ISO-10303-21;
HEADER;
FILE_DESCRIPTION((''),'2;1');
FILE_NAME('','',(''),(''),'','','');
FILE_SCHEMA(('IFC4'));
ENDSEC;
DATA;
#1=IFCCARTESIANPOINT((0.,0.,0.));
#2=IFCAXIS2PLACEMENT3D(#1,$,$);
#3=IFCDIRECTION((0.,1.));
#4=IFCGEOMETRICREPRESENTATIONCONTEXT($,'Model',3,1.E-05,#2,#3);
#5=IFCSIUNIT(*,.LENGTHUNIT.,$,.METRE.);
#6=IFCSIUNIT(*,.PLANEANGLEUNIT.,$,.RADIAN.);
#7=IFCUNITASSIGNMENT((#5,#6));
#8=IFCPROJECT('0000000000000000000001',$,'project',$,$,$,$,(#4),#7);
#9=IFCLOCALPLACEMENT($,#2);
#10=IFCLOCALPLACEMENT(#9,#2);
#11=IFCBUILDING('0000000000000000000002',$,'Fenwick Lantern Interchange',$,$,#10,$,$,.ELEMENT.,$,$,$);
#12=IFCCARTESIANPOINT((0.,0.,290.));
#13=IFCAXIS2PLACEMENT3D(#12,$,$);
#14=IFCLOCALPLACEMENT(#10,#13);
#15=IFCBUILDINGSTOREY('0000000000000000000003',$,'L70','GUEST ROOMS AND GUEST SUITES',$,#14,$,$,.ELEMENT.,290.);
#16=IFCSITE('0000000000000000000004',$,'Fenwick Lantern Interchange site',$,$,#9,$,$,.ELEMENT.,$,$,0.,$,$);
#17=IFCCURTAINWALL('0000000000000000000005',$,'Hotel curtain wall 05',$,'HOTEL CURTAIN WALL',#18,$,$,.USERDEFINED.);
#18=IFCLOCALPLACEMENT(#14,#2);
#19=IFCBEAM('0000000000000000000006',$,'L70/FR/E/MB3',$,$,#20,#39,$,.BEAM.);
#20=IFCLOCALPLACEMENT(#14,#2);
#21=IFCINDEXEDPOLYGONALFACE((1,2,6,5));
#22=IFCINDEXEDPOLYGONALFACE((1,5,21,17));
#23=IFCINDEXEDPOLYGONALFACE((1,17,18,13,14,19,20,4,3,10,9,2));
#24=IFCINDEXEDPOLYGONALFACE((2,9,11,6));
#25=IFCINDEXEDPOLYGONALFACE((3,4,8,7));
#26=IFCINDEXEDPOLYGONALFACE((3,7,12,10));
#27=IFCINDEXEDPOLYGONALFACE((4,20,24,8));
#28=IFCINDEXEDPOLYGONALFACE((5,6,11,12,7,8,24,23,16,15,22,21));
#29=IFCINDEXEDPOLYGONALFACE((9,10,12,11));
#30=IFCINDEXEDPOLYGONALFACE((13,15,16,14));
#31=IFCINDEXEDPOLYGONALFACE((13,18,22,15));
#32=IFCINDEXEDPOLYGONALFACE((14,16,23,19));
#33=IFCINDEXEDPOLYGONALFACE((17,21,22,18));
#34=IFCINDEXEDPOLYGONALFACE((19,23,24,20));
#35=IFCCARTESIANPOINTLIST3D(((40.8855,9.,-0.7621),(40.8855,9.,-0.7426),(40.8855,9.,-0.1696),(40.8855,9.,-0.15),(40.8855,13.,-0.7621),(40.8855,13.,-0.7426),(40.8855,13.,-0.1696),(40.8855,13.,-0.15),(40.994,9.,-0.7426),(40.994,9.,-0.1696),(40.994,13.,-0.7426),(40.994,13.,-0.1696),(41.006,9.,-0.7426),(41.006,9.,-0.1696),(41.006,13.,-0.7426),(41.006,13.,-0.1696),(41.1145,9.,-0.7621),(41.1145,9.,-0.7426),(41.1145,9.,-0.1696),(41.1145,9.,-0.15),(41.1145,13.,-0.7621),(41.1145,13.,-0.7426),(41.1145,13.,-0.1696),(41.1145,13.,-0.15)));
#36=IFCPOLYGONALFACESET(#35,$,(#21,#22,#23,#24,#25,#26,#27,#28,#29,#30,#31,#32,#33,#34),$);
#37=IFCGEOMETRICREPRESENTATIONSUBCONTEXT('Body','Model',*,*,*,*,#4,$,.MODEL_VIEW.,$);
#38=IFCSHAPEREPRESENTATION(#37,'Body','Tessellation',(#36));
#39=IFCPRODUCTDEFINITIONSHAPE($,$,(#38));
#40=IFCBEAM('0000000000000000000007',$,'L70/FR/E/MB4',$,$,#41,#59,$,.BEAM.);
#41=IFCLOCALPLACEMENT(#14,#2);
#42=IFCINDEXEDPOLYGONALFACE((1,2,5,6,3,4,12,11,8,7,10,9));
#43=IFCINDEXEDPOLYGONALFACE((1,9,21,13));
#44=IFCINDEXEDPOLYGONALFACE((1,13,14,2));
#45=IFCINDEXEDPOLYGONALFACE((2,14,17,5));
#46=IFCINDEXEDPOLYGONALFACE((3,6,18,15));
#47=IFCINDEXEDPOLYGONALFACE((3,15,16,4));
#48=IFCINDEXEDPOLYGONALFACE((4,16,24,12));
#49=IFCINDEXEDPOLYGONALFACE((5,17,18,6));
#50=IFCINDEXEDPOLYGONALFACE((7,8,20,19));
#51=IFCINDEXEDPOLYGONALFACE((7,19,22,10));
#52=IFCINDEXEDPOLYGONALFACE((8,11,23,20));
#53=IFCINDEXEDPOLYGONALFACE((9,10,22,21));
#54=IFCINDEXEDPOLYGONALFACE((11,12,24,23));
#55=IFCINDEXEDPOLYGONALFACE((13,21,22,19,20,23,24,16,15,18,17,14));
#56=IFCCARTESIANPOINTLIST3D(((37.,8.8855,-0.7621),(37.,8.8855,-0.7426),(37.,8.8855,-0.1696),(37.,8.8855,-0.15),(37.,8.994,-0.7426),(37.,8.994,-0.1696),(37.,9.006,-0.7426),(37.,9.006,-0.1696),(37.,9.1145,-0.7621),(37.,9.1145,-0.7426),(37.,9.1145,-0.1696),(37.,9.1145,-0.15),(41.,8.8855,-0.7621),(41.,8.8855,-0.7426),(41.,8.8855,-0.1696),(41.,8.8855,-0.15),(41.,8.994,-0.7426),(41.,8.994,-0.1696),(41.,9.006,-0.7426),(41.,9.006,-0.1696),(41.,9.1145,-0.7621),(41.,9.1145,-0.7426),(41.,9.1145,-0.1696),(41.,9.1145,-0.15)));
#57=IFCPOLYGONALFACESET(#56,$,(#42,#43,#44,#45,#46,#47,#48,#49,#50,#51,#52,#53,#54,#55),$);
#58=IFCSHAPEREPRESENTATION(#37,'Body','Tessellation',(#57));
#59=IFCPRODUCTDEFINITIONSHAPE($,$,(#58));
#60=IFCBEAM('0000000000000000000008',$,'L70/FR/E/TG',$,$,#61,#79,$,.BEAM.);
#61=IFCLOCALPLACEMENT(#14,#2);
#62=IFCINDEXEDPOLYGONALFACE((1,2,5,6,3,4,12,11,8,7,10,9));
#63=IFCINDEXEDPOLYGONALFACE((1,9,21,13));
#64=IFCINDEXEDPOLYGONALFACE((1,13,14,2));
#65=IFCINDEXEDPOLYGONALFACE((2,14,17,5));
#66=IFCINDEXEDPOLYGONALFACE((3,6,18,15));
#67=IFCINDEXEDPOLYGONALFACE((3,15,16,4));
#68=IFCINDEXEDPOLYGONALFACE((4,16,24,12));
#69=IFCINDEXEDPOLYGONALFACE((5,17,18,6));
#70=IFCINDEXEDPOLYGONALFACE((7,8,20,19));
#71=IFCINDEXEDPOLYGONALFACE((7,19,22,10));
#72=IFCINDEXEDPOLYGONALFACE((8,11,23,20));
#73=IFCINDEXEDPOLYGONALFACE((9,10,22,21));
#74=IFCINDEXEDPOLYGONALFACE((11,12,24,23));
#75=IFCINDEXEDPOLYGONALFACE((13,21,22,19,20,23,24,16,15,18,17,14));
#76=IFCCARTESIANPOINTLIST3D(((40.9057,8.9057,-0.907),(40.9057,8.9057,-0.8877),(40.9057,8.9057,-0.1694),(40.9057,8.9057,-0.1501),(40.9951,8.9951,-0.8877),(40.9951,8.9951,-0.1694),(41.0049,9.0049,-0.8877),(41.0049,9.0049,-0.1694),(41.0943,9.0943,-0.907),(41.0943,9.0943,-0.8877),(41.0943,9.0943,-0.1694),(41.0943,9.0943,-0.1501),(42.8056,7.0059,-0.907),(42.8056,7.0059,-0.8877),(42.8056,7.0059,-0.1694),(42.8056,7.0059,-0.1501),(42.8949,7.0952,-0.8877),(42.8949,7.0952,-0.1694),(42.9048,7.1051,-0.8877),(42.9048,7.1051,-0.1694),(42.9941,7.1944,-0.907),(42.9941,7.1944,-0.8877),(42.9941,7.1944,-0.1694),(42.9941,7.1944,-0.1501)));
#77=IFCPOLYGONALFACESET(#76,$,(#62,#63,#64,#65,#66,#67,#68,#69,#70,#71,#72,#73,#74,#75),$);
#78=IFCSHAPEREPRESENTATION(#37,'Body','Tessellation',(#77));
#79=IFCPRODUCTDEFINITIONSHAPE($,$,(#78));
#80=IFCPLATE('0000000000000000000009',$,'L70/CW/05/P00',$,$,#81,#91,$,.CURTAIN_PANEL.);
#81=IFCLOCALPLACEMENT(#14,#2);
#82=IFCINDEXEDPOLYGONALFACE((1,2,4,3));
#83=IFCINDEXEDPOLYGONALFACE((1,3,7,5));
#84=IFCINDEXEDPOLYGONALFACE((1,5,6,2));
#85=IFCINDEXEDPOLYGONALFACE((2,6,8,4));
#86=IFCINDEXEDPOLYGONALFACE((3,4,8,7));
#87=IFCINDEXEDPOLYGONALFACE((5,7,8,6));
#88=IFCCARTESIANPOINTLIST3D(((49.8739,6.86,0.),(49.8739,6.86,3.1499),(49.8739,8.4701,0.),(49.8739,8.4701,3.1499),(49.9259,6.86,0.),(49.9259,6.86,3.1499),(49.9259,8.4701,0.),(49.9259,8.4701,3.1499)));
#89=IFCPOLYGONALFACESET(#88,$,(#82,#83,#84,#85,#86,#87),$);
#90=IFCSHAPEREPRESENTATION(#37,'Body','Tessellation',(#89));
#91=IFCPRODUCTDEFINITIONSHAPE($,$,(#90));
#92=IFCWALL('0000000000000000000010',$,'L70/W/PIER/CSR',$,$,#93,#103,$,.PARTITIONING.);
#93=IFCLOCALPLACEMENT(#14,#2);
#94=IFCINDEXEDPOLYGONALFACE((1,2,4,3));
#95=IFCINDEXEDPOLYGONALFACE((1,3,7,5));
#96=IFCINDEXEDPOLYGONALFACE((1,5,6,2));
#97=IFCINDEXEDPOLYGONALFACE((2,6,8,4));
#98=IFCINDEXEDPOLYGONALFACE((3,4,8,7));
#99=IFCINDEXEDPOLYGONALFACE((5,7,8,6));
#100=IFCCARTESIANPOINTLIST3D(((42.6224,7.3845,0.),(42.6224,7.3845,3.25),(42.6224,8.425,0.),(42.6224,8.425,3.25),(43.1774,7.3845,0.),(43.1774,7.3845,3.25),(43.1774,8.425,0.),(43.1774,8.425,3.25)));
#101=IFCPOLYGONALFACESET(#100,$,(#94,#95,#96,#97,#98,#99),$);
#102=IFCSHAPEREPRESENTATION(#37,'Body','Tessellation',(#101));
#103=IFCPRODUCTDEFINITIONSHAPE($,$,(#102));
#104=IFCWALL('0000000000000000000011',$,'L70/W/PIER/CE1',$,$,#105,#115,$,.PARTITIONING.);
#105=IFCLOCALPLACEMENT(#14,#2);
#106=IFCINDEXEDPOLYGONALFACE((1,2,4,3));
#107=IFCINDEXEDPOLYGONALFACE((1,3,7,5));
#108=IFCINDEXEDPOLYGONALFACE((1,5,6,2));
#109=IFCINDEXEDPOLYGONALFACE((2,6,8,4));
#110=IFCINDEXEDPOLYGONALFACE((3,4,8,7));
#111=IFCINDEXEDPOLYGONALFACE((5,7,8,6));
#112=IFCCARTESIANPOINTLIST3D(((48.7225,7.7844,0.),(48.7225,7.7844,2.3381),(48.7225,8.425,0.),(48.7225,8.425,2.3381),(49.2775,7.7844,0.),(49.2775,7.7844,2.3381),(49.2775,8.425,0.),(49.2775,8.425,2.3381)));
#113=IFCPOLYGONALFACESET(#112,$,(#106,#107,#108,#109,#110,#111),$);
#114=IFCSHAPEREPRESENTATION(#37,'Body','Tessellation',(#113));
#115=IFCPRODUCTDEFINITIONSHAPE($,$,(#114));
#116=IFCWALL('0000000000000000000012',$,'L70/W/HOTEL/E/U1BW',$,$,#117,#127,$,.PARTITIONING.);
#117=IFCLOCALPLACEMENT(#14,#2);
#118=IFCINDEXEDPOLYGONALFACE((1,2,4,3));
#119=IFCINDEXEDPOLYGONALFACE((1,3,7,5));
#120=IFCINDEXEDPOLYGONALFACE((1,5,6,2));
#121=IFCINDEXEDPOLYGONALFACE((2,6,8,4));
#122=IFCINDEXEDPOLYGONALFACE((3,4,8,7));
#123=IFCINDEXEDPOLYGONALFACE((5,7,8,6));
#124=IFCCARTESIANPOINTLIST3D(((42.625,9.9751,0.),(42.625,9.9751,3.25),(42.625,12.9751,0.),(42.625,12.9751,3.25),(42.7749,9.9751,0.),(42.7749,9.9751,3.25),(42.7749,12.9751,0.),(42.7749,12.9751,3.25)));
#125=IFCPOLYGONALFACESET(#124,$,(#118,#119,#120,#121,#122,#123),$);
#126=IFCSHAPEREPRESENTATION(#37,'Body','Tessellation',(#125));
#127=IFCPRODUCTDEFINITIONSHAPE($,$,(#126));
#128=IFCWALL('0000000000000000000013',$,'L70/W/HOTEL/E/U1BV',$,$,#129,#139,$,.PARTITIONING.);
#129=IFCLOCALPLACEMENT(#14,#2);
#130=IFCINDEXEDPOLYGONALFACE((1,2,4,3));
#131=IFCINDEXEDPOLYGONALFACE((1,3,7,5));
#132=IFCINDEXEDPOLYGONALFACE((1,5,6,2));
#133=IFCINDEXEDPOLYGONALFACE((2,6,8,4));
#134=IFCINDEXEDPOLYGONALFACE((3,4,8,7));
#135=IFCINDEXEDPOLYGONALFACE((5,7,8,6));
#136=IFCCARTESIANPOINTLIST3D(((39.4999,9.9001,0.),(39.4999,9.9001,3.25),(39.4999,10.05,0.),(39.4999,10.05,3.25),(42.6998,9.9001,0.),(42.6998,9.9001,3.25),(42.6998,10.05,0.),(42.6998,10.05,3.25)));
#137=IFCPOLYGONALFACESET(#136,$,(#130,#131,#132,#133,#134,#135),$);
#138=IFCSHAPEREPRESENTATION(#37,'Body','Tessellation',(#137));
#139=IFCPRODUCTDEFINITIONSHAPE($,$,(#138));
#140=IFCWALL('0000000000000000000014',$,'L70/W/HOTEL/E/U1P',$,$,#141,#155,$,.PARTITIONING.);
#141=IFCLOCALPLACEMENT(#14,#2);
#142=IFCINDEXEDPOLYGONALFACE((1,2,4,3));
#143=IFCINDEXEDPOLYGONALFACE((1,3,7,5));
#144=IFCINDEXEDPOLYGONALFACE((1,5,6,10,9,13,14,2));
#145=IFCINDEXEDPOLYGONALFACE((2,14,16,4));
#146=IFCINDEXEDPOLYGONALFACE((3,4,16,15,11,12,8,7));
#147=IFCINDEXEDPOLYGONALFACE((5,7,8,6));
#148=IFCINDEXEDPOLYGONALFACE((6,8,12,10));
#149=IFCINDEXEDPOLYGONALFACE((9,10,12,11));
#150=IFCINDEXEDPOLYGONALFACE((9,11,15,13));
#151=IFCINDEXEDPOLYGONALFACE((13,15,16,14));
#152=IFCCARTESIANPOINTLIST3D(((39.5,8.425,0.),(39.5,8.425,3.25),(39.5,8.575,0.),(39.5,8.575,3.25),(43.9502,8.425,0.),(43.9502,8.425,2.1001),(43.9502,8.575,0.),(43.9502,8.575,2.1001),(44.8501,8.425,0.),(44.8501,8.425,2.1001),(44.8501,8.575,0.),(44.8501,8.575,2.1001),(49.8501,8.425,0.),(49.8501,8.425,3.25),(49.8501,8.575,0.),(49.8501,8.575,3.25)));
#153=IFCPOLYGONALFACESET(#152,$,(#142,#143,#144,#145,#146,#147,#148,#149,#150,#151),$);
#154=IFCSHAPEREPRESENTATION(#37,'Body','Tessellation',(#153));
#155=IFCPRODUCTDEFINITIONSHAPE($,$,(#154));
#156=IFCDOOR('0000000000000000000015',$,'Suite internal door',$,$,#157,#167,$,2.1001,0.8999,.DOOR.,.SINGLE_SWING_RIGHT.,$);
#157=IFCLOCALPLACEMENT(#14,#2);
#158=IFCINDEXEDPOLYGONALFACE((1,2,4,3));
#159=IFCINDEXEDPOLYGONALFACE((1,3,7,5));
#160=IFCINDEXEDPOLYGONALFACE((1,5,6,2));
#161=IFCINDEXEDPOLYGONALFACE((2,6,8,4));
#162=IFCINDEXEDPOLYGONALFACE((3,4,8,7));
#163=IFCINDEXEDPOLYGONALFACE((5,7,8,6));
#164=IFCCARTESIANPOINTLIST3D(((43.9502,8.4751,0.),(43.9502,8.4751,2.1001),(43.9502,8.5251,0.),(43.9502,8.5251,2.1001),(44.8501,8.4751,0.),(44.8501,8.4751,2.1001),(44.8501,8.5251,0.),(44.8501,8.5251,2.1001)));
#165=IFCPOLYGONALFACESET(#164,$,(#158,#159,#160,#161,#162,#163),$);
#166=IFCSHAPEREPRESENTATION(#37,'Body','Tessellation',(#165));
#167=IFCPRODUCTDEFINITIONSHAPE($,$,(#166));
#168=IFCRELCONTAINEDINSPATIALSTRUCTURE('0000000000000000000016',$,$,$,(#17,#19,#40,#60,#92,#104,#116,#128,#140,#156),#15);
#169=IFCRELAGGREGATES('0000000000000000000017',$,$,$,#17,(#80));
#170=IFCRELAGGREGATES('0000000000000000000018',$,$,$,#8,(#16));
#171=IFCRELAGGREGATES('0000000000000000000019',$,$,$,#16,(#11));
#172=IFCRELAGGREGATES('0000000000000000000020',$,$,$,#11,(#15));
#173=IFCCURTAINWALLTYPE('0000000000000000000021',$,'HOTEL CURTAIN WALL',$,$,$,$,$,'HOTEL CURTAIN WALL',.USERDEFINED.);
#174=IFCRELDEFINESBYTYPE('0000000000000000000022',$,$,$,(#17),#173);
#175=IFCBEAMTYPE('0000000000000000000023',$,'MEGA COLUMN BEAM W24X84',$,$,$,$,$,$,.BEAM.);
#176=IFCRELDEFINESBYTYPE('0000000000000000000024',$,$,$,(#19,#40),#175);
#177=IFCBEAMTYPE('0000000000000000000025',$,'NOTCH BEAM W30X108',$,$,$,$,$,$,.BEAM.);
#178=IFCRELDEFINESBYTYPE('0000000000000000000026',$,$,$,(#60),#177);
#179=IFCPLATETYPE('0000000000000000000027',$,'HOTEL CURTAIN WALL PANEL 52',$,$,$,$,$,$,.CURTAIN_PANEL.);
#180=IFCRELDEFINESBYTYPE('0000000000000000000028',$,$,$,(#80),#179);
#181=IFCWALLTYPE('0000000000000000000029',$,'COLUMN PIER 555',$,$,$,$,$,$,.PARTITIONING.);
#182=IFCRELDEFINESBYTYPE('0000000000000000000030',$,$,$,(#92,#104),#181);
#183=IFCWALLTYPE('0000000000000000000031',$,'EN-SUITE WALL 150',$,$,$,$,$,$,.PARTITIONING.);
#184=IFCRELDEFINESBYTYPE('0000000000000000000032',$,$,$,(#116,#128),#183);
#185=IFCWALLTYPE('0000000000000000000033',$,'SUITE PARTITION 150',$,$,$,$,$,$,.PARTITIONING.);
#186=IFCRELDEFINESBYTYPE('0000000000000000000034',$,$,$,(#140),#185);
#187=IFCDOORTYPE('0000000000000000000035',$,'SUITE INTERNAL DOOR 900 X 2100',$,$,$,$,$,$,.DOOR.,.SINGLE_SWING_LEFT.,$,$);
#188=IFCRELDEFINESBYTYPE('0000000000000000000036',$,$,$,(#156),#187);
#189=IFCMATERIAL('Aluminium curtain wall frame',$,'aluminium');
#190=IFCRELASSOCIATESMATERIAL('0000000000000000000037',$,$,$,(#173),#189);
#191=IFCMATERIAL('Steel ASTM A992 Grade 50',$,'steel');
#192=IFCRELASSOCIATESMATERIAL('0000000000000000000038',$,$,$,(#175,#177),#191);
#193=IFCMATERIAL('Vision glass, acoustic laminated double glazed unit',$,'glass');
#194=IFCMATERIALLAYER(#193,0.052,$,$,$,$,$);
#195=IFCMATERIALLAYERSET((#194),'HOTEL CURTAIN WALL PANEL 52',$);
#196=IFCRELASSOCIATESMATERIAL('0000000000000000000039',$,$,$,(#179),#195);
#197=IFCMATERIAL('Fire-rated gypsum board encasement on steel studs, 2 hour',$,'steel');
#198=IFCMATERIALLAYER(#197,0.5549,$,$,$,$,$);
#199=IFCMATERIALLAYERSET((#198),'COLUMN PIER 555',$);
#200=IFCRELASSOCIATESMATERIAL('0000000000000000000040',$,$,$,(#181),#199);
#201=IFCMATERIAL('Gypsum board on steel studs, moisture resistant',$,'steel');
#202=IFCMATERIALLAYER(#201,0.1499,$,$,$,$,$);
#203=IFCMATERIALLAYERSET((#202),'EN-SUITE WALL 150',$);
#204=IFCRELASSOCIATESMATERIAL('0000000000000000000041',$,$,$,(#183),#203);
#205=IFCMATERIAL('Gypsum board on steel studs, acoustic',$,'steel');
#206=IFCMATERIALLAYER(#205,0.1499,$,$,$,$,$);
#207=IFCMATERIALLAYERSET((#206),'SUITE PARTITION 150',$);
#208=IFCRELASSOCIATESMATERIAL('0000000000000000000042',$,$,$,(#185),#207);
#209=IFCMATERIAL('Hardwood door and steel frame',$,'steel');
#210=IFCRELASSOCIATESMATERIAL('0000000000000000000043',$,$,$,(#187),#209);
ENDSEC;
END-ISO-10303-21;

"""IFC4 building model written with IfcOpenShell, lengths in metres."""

from ifc_helpers import new_model, si_unit, direction, frame, frame_2d, origin, origin_2d, place, context, subcontext, project, spatial, rectangle, i_section, extrude, material, layer, layer_set, material_profile, profile_set, type_object, element, fill, aggregate, save


model = new_model("IFC4")

# Units and contexts
model_context = context("Model", 3, precision=1e-05, world=origin(), true_north=direction((0.0, 1.0)))
body_context = subcontext(model_context, "Body", "Model", "MODEL_VIEW")
ifc_project = project(units=[si_unit("LENGTHUNIT", "METRE"), si_unit("PLANEANGLEUNIT", "RADIAN")], contexts=[model_context])

# Site, building, storey
site_placement = place(None, origin())
site = spatial("IfcSite", under=ifc_project, at=site_placement, Name="Fenwick Lantern Interchange site", CompositionType="ELEMENT", RefElevation=0.0)
building_placement = place(site_placement, origin())
building = spatial("IfcBuilding", under=site, at=building_placement, Name="Fenwick Lantern Interchange", CompositionType="ELEMENT")
storey_placement = place(building_placement, frame((0.0, 0.0, 290.0)))
storey = spatial("IfcBuildingStorey", under=building, at=storey_placement, Name="L70", Description="GUEST ROOMS AND GUEST SUITES", CompositionType="ELEMENT", Elevation=290.0)

# Shared definitions
ifc_material_1 = material(Name="Steel ASTM A992 Grade 50", Category="steel")

# Curtain wall
ifc_material_2 = material(Name="Aluminium curtain wall frame", Category="aluminium")
curtain_wall_type = type_object("IfcCurtainWallType", Name="HOTEL CURTAIN WALL", ElementType="HOTEL CURTAIN WALL", PredefinedType="USERDEFINED", material=ifc_material_2)
curtain_wall_placement = place(storey_placement, origin())
curtain_wall = element("IfcCurtainWall", 1, at=curtain_wall_placement, inside=storey, type_object=curtain_wall_type, Name="Hotel curtain wall 05", ObjectType="HOTEL CURTAIN WALL", PredefinedType="USERDEFINED")

# Beams
ifc_material_profile_1 = material_profile(ifc_material_1, i_section(OverallWidth=0.229, OverallDepth=0.6121, WebThickness=0.012, FlangeThickness=0.0195, at=origin_2d()), Name="W24X84")
ifc_profile_set_1 = profile_set([ifc_material_profile_1], Name="Steel ASTM A992 Grade 50")
beam_type_1 = type_object("IfcBeamType", Name="MEGA COLUMN BEAM W24X84", PredefinedType="BEAM", material=ifc_profile_set_1)
for number, where, z_axis, x_axis, name in (
    (2, (41.0, 9.0, -0.4561), (0.0, 1.0, 0.0), (-1.0, 0.0, 0.0), "L70/FR/E/MB3"),
    (3, (41.0, 9.0, -0.4561), (-1.0, 0.0, 0.0), (0.0, -1.0, 0.0), "L70/FR/E/MB4"),
):
    element("IfcBeam", number, at=place(storey_placement, frame(where, z_axis=z_axis, x_axis=x_axis)), inside=storey, type_object=beam_type_1, Name=name, PredefinedType="BEAM", context=body_context, shape_type="SweptSolid", body=[
        extrude(i_section(OverallWidth=0.229, OverallDepth=0.6121, WebThickness=0.012, FlangeThickness=0.0195, at=origin_2d()), origin(), (0.0, 0.0, 1.0), 4.0),
    ])
ifc_material_profile_2 = material_profile(ifc_material_1, i_section(OverallWidth=0.2666, OverallDepth=0.7568, WebThickness=0.0139, FlangeThickness=0.0193, at=origin_2d()), Name="W30X108")
ifc_profile_set_2 = profile_set([ifc_material_profile_2], Name="Steel ASTM A992 Grade 50")
beam_type_2 = type_object("IfcBeamType", Name="NOTCH BEAM W30X108", PredefinedType="BEAM", material=ifc_profile_set_2)
beam_1_placement = place(storey_placement, frame((41.0, 9.0, -0.5286), z_axis=(0.707107, -0.707107, 0.0), x_axis=(0.707107, 0.707107, 0.0)))
element("IfcBeam", 4, at=beam_1_placement, inside=storey, type_object=beam_type_2, Name="L70/FR/E/TG", PredefinedType="BEAM", context=body_context, shape_type="SweptSolid", body=[
    extrude(i_section(OverallWidth=0.2666, OverallDepth=0.7568, WebThickness=0.0139, FlangeThickness=0.0193, at=origin_2d()), origin(), (0.0, 0.0, 1.0), 2.6868),
])

# Plate
ifc_material_3 = material(Name="Vision glass, acoustic laminated double glazed unit", Category="glass")
ifc_layer_1 = layer(ifc_material_3, 0.052)
ifc_layer_set_1 = layer_set([ifc_layer_1], Name="HOTEL CURTAIN WALL PANEL 52")
plate_type = type_object("IfcPlateType", Name="HOTEL CURTAIN WALL PANEL 52", PredefinedType="CURTAIN_PANEL", material=ifc_layer_set_1)
plate_placement = place(storey_placement, frame((49.8999, 7.665, 0.0), z_axis=(0.0, 0.0, 1.0), x_axis=(0.0, 1.0, 0.0)))
plate = element("IfcPlate", 5, at=plate_placement, type_object=plate_type, Name="L70/CW/05/P00", PredefinedType="CURTAIN_PANEL", context=body_context, shape_type="SweptSolid", body=[
    extrude(rectangle(XDim=1.6101, YDim=0.052, at=origin_2d()), origin(), (0.0, 0.0, 1.0), 3.1499),
])
aggregate(curtain_wall, [plate])

# Walls
ifc_material_4 = material(Name="Fire-rated gypsum board encasement on steel studs, 2 hour", Category="steel")
ifc_layer_2 = layer(ifc_material_4, 0.5549)
ifc_layer_set_2 = layer_set([ifc_layer_2], Name="COLUMN PIER 555")
wall_type_1 = type_object("IfcWallType", Name="COLUMN PIER 555", PredefinedType="PARTITIONING", material=ifc_layer_set_2)
wall_1_placement = place(storey_placement, frame((42.8999, 8.425, 0.0), z_axis=(0.0, 0.0, 1.0), x_axis=(0.0, -1.0, 0.0)))
element("IfcWall", 6, at=wall_1_placement, inside=storey, type_object=wall_type_1, Name="L70/W/PIER/CSR", PredefinedType="PARTITIONING", context=body_context, shape_type="SweptSolid", body=[
    extrude(rectangle(XDim=1.0405, YDim=0.5549, at=frame_2d((0.5203, 0.0))), origin(), (0.0, 0.0, 1.0), 3.25),
])
wall_2_placement = place(storey_placement, frame((49.0, 8.425, 0.0), z_axis=(0.0, 0.0, 1.0), x_axis=(0.0, -1.0, 0.0)))
element("IfcWall", 7, at=wall_2_placement, inside=storey, type_object=wall_type_1, Name="L70/W/PIER/CE1", PredefinedType="PARTITIONING", context=body_context, shape_type="SweptSolid", body=[
    extrude(rectangle(XDim=0.6406, YDim=0.5549, at=frame_2d((0.3203, 0.0))), origin(), (0.0, 0.0, 1.0), 2.3381),
])
ifc_material_5 = material(Name="Gypsum board on steel studs, moisture resistant", Category="steel")
ifc_layer_3 = layer(ifc_material_5, 0.1499)
ifc_layer_set_3 = layer_set([ifc_layer_3], Name="EN-SUITE WALL 150")
wall_type_2 = type_object("IfcWallType", Name="EN-SUITE WALL 150", PredefinedType="PARTITIONING", material=ifc_layer_set_3)
wall_3_placement = place(storey_placement, frame((42.7, 9.9751, 0.0), z_axis=(0.0, 0.0, 1.0), x_axis=(0.0, 1.0, 0.0)))
element("IfcWall", 8, at=wall_3_placement, inside=storey, type_object=wall_type_2, Name="L70/W/HOTEL/E/U1BW", PredefinedType="PARTITIONING", context=body_context, shape_type="SweptSolid", body=[
    extrude(rectangle(XDim=3.0, YDim=0.1499, at=frame_2d((1.5, 0.0))), origin(), (0.0, 0.0, 1.0), 3.25),
])
wall_4_placement = place(storey_placement, frame((42.7, 9.9751, 0.0), z_axis=(0.0, 0.0, 1.0), x_axis=(-1.0, 0.0, 0.0)))
element("IfcWall", 9, at=wall_4_placement, inside=storey, type_object=wall_type_2, Name="L70/W/HOTEL/E/U1BV", PredefinedType="PARTITIONING", context=body_context, shape_type="SweptSolid", body=[
    extrude(rectangle(XDim=3.2, YDim=0.1499, at=frame_2d((1.6001, 0.0))), origin(), (0.0, 0.0, 1.0), 3.25),
])

# Wall, opening, door
ifc_material_6 = material(Name="Gypsum board on steel studs, acoustic", Category="steel")
ifc_layer_4 = layer(ifc_material_6, 0.1499)
ifc_layer_set_4 = layer_set([ifc_layer_4], Name="SUITE PARTITION 150")
wall_type_3 = type_object("IfcWallType", Name="SUITE PARTITION 150", PredefinedType="PARTITIONING", material=ifc_layer_set_4)
wall_5_placement = place(storey_placement, frame((49.8501, 8.5, 0.0), z_axis=(0.0, 0.0, 1.0), x_axis=(-1.0, 0.0, 0.0)))
wall_5 = element("IfcWall", 10, at=wall_5_placement, inside=storey, type_object=wall_type_3, Name="L70/W/HOTEL/E/U1P", PredefinedType="PARTITIONING", context=body_context, shape_type="SweptSolid", body=[
    extrude(rectangle(XDim=10.3501, YDim=0.1499, at=frame_2d((5.175, 0.0))), origin(), (0.0, 0.0, 1.0), 3.25),
])
opening_placement = place(wall_5_placement, frame((5.0, 0.0, 0.0)))
opening = element("IfcOpeningElement", 11, at=opening_placement, cuts=wall_5, PredefinedType="OPENING", context=body_context, shape_type="SweptSolid", body=[
    extrude(rectangle(XDim=0.8999, YDim=2.1001, at=frame_2d((0.45, 1.05))), frame((0.0, 0.085, 0.0), z_axis=(0.0, -1.0, 0.0), x_axis=(1.0, 0.0, 0.0)), (0.0, 0.0, 1.0), 0.1699),
])
ifc_material_7 = material(Name="Hardwood door and steel frame", Category="steel")
door_type = type_object("IfcDoorType", Name="SUITE INTERNAL DOOR 900 X 2100", OperationType="SINGLE_SWING_LEFT", PredefinedType="DOOR", material=ifc_material_7)
door_placement = place(opening_placement, origin())
door = element("IfcDoor", 12, at=door_placement, inside=storey, type_object=door_type, Name="Suite internal door", OperationType="SINGLE_SWING_RIGHT", OverallHeight=2.1001, OverallWidth=0.8999, PredefinedType="DOOR", context=body_context, shape_type="SweptSolid", body=[
    extrude(rectangle(XDim=0.8999, YDim=2.1001, at=frame_2d((0.45, 1.05))), frame((0.0, 0.0249, 0.0), z_axis=(0.0, -1.0, 0.0), x_axis=(1.0, 0.0, 0.0)), (0.0, 0.0, 1.0), 0.05),
])
fill(opening, door)

save(model, "model.ifc")
